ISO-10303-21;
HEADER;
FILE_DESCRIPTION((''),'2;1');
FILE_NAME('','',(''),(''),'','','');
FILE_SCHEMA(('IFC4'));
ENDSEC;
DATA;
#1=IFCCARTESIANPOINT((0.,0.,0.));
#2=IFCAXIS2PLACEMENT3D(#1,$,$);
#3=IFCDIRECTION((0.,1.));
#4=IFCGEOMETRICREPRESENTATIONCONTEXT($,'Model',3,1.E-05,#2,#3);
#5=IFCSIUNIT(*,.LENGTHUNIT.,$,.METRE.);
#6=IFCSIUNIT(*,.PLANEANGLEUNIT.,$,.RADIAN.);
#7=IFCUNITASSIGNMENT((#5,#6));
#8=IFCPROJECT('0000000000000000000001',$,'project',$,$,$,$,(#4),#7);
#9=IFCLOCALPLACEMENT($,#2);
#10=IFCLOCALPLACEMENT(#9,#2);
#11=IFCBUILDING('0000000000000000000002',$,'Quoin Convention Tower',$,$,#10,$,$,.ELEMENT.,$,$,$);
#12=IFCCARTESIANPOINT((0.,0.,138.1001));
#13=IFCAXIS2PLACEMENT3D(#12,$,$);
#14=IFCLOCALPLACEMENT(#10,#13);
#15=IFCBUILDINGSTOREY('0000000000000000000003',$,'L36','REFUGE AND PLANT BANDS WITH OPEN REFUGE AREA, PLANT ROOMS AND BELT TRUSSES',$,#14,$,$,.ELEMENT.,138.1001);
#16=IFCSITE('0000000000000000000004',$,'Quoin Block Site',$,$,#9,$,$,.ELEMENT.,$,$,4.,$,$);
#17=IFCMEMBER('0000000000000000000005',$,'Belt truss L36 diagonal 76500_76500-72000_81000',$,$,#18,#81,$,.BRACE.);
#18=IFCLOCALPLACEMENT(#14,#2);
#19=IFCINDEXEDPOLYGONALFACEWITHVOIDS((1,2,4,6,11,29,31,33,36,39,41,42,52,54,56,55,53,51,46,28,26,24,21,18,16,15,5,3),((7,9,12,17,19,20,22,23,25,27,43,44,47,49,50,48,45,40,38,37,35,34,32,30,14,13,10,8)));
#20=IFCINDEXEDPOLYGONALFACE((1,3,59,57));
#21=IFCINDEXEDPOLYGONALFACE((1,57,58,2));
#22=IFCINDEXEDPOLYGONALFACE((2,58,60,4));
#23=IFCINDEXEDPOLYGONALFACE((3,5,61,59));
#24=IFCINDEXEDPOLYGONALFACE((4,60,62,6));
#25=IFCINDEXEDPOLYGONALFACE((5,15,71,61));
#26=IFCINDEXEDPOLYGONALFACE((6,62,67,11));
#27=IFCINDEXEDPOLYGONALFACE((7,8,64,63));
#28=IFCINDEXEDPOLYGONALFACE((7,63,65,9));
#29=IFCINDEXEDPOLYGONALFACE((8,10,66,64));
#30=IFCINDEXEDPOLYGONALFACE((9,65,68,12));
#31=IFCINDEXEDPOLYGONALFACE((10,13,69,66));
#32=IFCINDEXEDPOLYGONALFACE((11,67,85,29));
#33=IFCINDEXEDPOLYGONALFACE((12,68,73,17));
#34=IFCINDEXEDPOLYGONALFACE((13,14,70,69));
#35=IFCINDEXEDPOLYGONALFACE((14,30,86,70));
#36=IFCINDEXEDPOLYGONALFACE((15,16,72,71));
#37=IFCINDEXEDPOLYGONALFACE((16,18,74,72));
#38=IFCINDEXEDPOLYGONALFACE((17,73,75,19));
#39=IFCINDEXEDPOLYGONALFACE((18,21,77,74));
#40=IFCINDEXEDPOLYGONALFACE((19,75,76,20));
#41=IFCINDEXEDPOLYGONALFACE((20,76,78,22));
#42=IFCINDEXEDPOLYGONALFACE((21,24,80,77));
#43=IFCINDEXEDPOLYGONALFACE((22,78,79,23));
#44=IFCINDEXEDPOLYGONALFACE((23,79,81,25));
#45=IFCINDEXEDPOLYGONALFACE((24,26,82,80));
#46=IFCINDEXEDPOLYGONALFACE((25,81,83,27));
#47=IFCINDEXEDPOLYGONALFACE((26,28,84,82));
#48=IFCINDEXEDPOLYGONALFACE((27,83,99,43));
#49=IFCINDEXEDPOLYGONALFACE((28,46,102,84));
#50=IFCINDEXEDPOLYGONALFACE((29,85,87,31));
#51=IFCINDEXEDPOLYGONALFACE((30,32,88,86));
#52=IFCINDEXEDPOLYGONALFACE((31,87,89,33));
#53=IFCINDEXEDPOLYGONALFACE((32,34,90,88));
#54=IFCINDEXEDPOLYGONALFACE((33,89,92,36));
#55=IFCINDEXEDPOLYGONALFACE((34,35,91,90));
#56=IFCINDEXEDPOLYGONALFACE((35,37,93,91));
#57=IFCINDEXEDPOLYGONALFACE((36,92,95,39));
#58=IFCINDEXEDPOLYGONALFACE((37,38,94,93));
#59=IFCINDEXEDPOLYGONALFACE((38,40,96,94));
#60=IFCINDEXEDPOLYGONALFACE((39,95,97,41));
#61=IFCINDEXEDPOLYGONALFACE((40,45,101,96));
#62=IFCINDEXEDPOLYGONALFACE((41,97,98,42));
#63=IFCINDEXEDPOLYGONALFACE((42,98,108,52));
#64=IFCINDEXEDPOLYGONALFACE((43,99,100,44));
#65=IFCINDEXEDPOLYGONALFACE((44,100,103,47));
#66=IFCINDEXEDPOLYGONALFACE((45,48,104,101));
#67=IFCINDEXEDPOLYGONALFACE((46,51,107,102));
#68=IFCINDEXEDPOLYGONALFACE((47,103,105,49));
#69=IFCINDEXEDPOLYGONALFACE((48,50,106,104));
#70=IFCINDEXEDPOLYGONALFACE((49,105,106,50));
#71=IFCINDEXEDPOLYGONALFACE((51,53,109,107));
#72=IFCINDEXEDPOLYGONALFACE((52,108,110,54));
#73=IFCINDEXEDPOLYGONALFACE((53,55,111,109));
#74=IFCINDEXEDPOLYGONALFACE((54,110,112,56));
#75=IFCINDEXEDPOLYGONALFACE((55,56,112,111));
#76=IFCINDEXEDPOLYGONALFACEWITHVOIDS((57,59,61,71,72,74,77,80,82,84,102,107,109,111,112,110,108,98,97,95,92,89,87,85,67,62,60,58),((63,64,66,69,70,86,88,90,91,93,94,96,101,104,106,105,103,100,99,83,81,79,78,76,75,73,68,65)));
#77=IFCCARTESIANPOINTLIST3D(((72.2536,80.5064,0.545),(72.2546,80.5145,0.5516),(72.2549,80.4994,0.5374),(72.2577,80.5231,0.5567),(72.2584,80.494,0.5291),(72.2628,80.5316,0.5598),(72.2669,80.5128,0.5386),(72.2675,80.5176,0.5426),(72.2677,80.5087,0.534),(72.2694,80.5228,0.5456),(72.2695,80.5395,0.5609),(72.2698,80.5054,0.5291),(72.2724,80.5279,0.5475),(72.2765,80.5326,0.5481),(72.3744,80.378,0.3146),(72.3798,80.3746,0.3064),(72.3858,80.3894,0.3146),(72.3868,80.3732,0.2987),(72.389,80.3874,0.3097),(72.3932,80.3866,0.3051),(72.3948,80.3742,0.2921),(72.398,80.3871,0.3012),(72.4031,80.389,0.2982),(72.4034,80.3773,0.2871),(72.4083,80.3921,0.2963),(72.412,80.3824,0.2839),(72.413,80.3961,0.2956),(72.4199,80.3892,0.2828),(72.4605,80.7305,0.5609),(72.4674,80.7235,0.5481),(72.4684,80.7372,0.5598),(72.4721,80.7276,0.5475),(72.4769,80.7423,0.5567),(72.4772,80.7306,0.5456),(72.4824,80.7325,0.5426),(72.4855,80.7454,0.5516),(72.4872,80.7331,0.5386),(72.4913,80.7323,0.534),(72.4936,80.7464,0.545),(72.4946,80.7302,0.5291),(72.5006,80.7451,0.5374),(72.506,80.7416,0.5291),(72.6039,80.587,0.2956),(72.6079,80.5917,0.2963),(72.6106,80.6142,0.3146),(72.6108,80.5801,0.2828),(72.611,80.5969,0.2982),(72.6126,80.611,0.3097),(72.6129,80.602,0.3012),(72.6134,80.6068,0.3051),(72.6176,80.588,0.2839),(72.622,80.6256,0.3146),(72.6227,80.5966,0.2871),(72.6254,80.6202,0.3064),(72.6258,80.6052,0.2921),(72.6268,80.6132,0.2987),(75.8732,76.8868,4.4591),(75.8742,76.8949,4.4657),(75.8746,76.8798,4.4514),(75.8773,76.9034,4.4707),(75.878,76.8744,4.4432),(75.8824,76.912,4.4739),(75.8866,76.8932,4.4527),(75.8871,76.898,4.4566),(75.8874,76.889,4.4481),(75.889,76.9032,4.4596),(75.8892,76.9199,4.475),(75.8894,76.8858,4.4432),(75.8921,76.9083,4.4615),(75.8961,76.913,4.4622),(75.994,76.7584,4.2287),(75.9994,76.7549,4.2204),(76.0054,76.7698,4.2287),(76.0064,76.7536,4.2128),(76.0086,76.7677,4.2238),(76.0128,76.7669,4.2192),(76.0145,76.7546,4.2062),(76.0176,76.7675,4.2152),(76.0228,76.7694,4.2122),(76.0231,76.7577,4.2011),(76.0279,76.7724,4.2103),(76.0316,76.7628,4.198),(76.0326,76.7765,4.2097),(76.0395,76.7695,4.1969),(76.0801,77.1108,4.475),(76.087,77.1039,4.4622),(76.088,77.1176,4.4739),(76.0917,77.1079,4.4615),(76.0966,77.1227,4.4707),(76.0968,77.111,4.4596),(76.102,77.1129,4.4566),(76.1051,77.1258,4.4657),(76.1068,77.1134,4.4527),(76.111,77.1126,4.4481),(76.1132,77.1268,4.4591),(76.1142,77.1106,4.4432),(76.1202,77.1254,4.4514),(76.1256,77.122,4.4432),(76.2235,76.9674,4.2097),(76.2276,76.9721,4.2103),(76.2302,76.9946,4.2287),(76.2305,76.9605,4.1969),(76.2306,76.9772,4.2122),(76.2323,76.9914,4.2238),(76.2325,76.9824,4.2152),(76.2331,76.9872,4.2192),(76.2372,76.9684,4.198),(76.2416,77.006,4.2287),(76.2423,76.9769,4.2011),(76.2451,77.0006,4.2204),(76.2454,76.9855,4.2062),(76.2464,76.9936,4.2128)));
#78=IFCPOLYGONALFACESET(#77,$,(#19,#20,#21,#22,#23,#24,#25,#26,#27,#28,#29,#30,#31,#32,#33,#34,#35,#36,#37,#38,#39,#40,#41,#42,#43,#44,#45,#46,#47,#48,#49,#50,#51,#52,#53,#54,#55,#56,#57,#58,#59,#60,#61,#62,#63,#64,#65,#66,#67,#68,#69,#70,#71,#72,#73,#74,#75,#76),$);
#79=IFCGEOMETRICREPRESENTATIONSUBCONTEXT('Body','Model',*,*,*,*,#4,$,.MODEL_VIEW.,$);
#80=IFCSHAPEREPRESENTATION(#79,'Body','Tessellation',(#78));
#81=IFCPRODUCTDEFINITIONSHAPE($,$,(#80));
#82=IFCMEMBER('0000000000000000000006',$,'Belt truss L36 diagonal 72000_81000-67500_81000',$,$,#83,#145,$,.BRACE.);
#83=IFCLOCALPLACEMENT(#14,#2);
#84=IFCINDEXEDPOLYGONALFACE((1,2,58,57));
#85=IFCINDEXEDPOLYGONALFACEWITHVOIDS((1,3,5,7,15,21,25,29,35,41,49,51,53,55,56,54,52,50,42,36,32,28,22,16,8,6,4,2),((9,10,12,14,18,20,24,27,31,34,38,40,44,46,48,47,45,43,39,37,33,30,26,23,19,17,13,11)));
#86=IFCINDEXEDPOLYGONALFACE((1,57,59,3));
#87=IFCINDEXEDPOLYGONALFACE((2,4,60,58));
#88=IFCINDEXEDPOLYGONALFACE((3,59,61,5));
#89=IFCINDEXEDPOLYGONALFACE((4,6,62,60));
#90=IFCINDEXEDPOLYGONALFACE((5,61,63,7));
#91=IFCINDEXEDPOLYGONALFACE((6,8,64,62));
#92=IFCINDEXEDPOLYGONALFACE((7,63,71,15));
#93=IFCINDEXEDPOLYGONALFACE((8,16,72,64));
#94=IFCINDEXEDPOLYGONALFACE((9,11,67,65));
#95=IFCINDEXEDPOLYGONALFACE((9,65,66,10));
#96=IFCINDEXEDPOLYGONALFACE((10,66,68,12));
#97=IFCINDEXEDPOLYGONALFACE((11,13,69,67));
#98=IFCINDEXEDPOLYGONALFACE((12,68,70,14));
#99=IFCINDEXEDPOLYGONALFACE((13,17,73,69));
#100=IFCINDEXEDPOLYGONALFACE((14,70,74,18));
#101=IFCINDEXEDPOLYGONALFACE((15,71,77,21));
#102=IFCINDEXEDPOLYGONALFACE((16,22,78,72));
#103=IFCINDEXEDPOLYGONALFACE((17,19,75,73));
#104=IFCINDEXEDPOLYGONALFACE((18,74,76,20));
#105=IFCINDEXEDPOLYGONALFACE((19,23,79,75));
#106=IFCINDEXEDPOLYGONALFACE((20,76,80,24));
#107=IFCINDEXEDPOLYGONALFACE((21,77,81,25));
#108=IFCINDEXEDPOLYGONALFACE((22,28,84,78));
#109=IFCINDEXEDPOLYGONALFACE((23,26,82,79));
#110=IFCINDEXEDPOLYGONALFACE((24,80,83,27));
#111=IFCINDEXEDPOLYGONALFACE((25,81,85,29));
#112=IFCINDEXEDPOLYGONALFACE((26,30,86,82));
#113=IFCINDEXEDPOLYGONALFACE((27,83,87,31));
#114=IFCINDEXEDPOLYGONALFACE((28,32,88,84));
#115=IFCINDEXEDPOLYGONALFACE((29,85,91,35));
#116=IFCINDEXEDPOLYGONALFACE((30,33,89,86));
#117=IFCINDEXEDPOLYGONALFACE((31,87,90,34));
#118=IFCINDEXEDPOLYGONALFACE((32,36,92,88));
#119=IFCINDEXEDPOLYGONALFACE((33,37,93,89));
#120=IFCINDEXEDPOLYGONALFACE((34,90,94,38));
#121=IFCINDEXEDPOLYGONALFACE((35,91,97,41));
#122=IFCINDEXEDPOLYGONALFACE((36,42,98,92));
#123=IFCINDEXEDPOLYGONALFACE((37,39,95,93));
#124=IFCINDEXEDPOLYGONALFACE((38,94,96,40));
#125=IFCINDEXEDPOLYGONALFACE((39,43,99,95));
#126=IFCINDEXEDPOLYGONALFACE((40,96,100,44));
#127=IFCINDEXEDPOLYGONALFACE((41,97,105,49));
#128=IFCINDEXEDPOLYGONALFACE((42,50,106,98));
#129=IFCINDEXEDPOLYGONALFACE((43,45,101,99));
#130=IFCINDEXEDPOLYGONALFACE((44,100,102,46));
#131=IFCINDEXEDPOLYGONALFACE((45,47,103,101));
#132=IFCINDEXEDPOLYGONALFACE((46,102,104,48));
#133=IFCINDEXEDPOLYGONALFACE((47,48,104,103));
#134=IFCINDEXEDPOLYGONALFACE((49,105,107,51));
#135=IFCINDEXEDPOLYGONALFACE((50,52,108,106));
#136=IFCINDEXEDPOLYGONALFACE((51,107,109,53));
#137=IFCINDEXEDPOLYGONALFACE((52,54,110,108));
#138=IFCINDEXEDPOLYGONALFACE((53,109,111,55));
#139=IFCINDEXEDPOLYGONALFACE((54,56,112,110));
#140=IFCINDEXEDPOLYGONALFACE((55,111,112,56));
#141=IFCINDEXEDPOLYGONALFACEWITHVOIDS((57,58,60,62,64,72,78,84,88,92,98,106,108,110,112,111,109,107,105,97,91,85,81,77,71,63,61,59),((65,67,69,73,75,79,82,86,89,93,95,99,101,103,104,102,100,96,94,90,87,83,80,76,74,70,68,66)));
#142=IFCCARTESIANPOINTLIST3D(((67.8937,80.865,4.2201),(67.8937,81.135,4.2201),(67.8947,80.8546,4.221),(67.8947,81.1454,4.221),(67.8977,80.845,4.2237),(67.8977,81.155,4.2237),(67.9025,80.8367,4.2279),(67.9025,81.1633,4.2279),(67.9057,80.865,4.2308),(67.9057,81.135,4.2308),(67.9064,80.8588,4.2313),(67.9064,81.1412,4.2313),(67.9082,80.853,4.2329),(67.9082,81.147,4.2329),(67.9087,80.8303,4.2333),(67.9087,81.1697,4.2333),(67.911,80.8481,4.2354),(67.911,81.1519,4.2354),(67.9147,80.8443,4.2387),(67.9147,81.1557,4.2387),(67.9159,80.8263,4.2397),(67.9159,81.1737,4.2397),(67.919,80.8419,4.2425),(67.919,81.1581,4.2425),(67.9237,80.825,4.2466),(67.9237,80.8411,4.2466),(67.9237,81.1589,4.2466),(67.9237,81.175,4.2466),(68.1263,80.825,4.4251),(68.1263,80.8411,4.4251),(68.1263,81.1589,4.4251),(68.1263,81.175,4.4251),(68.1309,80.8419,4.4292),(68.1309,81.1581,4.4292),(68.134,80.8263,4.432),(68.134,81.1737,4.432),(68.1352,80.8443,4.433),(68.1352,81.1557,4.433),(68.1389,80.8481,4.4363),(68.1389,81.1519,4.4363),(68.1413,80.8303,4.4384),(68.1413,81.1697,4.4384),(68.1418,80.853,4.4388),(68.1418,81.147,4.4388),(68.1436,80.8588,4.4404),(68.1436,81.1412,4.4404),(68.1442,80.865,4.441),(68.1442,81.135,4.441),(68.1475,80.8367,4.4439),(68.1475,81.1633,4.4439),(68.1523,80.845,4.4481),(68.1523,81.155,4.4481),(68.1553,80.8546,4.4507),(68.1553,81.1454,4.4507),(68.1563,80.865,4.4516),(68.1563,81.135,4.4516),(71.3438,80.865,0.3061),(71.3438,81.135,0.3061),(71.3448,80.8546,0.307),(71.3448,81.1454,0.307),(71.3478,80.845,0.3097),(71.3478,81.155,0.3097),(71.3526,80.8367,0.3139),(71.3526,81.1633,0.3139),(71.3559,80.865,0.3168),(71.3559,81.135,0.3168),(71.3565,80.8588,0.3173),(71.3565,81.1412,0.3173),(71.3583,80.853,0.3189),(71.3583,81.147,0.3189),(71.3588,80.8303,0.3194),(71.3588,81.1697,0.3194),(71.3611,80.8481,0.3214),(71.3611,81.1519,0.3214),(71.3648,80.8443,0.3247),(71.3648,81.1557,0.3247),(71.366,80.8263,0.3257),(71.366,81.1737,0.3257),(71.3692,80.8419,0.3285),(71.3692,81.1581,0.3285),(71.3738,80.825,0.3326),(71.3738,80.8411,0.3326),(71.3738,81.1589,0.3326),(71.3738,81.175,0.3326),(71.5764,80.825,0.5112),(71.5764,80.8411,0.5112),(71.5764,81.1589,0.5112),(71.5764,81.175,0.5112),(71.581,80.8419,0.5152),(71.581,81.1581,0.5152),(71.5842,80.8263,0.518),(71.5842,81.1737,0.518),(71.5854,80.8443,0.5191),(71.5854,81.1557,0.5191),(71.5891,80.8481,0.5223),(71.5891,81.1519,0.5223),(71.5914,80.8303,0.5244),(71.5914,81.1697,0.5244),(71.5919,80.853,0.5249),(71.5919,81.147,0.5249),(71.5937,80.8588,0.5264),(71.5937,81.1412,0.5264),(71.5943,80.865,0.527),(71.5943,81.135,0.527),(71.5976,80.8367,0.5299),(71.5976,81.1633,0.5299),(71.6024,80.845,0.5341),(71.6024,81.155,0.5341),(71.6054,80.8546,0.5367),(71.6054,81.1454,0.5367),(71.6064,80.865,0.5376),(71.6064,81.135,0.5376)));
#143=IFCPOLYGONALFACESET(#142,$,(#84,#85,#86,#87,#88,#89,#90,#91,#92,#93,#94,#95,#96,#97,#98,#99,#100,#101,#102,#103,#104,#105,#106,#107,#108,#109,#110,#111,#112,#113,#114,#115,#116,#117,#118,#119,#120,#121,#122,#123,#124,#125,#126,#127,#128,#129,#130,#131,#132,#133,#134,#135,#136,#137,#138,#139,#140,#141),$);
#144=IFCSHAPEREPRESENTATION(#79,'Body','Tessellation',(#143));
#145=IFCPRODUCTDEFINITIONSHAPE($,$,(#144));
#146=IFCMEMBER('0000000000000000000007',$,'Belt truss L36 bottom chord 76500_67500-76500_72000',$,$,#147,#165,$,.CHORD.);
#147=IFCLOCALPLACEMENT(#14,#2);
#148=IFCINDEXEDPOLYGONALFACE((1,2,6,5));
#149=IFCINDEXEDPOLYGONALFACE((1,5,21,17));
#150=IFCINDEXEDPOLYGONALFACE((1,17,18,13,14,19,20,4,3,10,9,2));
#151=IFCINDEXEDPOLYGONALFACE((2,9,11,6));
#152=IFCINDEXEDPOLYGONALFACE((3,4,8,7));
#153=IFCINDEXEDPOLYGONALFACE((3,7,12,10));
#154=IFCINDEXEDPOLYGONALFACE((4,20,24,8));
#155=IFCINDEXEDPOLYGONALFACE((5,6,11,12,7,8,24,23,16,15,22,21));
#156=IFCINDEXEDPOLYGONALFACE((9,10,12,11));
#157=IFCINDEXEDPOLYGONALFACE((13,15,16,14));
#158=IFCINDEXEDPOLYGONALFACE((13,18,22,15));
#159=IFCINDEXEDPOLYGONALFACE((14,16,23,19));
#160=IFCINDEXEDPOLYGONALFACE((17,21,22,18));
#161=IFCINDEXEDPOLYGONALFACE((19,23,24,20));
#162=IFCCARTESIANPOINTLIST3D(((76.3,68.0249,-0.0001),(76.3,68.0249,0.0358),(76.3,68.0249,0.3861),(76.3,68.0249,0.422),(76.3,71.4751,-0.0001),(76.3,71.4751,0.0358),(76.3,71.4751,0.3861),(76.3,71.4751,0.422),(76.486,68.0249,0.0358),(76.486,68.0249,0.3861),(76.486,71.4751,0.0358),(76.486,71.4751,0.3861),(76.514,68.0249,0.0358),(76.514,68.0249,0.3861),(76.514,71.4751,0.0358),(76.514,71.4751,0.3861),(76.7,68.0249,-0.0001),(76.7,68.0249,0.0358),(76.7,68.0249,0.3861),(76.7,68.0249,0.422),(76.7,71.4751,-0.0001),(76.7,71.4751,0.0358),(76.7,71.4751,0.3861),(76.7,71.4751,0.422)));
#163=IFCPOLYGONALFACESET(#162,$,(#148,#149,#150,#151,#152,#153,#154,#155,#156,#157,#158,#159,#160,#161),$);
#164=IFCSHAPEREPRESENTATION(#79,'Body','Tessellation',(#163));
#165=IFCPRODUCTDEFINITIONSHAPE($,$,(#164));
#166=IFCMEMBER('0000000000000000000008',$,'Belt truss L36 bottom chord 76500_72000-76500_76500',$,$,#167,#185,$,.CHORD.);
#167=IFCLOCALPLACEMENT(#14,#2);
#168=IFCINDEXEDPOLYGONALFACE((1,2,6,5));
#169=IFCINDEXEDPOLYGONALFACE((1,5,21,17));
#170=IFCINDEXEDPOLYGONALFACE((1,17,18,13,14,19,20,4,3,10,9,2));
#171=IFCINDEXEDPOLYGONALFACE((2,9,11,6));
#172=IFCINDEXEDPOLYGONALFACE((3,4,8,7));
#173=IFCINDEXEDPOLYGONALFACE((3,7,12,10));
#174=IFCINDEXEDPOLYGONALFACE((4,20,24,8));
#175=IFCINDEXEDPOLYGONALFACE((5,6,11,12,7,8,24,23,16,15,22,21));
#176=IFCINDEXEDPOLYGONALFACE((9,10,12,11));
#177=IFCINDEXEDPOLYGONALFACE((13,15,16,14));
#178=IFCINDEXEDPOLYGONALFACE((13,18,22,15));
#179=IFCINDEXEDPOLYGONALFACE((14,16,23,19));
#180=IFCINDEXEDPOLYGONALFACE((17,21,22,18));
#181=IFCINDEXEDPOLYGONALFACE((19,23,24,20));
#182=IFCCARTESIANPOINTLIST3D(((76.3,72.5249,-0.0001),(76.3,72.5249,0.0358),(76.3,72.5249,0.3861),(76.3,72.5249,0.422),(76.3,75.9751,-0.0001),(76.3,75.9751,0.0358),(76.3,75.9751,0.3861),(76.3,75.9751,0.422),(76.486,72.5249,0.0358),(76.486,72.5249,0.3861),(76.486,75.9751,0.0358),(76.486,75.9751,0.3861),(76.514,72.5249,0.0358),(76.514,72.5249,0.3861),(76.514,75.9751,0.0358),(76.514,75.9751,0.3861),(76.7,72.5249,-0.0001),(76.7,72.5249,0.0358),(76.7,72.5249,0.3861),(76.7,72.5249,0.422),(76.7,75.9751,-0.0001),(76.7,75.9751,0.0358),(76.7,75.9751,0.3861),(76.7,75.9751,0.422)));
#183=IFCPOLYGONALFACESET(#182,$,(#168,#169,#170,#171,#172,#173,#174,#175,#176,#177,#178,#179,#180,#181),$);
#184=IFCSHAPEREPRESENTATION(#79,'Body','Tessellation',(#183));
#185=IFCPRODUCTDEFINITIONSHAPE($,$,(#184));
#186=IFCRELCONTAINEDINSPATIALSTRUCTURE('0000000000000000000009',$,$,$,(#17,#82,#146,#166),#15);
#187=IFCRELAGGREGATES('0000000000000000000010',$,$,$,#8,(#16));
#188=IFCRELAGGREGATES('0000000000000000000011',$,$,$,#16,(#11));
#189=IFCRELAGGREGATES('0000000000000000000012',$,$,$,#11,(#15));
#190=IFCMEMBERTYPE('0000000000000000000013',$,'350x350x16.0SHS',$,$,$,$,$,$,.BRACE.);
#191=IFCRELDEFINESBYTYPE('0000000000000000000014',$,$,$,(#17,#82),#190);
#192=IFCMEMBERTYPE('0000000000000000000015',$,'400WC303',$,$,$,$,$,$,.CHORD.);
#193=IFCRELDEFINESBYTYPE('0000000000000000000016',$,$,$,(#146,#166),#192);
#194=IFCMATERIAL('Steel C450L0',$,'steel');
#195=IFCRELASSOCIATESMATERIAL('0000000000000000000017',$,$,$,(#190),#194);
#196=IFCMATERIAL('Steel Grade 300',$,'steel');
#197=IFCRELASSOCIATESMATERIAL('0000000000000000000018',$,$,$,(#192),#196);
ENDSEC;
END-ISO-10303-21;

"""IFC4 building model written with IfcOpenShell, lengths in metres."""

from ifc_helpers import new_model, si_unit, direction, frame, origin, origin_2d, place, context, subcontext, project, spatial, hollow_rectangle, i_section, extrude, material, material_profile, profile_set, type_object, element, save


model = new_model("IFC4")

# Units and contexts
model_context = context("Model", 3, precision=1e-05, world=origin(), true_north=direction((0.0, 1.0)))
body_context = subcontext(model_context, "Body", "Model", "MODEL_VIEW")
ifc_project = project(units=[si_unit("LENGTHUNIT", "METRE"), si_unit("PLANEANGLEUNIT", "RADIAN")], contexts=[model_context])

# Site, building, storey
site_placement = place(None, origin())
site = spatial("IfcSite", under=ifc_project, at=site_placement, Name="Quoin Block Site", CompositionType="ELEMENT", RefElevation=4.0)
building_placement = place(site_placement, origin())
building = spatial("IfcBuilding", under=site, at=building_placement, Name="Quoin Convention Tower", CompositionType="ELEMENT")
storey_placement = place(building_placement, frame((0.0, 0.0, 138.1001)))
storey = spatial("IfcBuildingStorey", under=building, at=storey_placement, Name="L36", Description="REFUGE AND PLANT BANDS WITH OPEN REFUGE AREA, PLANT ROOMS AND BELT TRUSSES", CompositionType="ELEMENT", Elevation=138.1001)

# Shared definitions
ifc_material_1 = material(Name="Steel C450L0", Category="steel")

# Members
ifc_material_profile_1 = material_profile(ifc_material_1, hollow_rectangle(XDim=0.3501, YDim=0.3501, WallThickness=0.0161, InnerFilletRadius=0.0239, OuterFilletRadius=0.04, at=origin_2d()), Name="350x350x16.0SHS")
ifc_profile_set_1 = profile_set([ifc_material_profile_1], Name="Steel C450L0")
member_type_1 = type_object("IfcMemberType", Name="350x350x16.0SHS", PredefinedType="BRACE", material=ifc_profile_set_1)
member_1_placement = place(storey_placement, frame((72.4402, 80.5598, 0.4219), z_axis=(0.561718, -0.561718, 0.60741), x_axis=(0.707107, 0.707107, 0.0)))
element("IfcMember", 1, at=member_1_placement, inside=storey, type_object=member_type_1, Name="Belt truss L36 diagonal 76500_76500-72000_81000", PredefinedType="BRACE", context=body_context, shape_type="SweptSolid", body=[
    extrude(hollow_rectangle(XDim=0.3501, YDim=0.3501, WallThickness=0.0161, InnerFilletRadius=0.0239, OuterFilletRadius=0.04, at=origin_2d()), origin(), (0.0, 0.0, 1.0), 6.4438),
])
member_2_placement = place(storey_placement, frame((71.4751, 81.0, 0.4219), z_axis=(-0.661256, 0.0, 0.75016), x_axis=(0.0, -1.0, 0.0)))
element("IfcMember", 2, at=member_2_placement, inside=storey, type_object=member_type_1, Name="Belt truss L36 diagonal 72000_81000-67500_81000", PredefinedType="BRACE", context=body_context, shape_type="SweptSolid", body=[
    extrude(hollow_rectangle(XDim=0.3501, YDim=0.3501, WallThickness=0.0161, InnerFilletRadius=0.0239, OuterFilletRadius=0.04, at=origin_2d()), origin(), (0.0, 0.0, 1.0), 5.2175),
])
ifc_material_2 = material(Name="Steel Grade 300", Category="steel")
ifc_material_profile_2 = material_profile(ifc_material_2, i_section(OverallWidth=0.3999, OverallDepth=0.4221, WebThickness=0.0281, FlangeThickness=0.0359, at=origin_2d()), Name="400WC303")
ifc_profile_set_2 = profile_set([ifc_material_profile_2], Name="Steel Grade 300")
member_type_2 = type_object("IfcMemberType", Name="400WC303", PredefinedType="CHORD", material=ifc_profile_set_2)
for number, where, z_axis, x_axis, name in (
    (3, (76.5, 68.0249, 0.2109), (0.0, 1.0, 0.0), (-1.0, 0.0, 0.0), "Belt truss L36 bottom chord 76500_67500-76500_72000"),
    (4, (76.5, 72.5249, 0.2109), (0.0, 1.0, 0.0), (-1.0, 0.0, 0.0), "Belt truss L36 bottom chord 76500_72000-76500_76500"),
):
    element("IfcMember", number, at=place(storey_placement, frame(where, z_axis=z_axis, x_axis=x_axis)), inside=storey, type_object=member_type_2, Name=name, PredefinedType="CHORD", context=body_context, shape_type="SweptSolid", body=[
        extrude(i_section(OverallWidth=0.3999, OverallDepth=0.4221, WebThickness=0.0281, FlangeThickness=0.0359, at=origin_2d()), origin(), (0.0, 0.0, 1.0), 3.4502),
    ])

save(model, "model.ifc")
